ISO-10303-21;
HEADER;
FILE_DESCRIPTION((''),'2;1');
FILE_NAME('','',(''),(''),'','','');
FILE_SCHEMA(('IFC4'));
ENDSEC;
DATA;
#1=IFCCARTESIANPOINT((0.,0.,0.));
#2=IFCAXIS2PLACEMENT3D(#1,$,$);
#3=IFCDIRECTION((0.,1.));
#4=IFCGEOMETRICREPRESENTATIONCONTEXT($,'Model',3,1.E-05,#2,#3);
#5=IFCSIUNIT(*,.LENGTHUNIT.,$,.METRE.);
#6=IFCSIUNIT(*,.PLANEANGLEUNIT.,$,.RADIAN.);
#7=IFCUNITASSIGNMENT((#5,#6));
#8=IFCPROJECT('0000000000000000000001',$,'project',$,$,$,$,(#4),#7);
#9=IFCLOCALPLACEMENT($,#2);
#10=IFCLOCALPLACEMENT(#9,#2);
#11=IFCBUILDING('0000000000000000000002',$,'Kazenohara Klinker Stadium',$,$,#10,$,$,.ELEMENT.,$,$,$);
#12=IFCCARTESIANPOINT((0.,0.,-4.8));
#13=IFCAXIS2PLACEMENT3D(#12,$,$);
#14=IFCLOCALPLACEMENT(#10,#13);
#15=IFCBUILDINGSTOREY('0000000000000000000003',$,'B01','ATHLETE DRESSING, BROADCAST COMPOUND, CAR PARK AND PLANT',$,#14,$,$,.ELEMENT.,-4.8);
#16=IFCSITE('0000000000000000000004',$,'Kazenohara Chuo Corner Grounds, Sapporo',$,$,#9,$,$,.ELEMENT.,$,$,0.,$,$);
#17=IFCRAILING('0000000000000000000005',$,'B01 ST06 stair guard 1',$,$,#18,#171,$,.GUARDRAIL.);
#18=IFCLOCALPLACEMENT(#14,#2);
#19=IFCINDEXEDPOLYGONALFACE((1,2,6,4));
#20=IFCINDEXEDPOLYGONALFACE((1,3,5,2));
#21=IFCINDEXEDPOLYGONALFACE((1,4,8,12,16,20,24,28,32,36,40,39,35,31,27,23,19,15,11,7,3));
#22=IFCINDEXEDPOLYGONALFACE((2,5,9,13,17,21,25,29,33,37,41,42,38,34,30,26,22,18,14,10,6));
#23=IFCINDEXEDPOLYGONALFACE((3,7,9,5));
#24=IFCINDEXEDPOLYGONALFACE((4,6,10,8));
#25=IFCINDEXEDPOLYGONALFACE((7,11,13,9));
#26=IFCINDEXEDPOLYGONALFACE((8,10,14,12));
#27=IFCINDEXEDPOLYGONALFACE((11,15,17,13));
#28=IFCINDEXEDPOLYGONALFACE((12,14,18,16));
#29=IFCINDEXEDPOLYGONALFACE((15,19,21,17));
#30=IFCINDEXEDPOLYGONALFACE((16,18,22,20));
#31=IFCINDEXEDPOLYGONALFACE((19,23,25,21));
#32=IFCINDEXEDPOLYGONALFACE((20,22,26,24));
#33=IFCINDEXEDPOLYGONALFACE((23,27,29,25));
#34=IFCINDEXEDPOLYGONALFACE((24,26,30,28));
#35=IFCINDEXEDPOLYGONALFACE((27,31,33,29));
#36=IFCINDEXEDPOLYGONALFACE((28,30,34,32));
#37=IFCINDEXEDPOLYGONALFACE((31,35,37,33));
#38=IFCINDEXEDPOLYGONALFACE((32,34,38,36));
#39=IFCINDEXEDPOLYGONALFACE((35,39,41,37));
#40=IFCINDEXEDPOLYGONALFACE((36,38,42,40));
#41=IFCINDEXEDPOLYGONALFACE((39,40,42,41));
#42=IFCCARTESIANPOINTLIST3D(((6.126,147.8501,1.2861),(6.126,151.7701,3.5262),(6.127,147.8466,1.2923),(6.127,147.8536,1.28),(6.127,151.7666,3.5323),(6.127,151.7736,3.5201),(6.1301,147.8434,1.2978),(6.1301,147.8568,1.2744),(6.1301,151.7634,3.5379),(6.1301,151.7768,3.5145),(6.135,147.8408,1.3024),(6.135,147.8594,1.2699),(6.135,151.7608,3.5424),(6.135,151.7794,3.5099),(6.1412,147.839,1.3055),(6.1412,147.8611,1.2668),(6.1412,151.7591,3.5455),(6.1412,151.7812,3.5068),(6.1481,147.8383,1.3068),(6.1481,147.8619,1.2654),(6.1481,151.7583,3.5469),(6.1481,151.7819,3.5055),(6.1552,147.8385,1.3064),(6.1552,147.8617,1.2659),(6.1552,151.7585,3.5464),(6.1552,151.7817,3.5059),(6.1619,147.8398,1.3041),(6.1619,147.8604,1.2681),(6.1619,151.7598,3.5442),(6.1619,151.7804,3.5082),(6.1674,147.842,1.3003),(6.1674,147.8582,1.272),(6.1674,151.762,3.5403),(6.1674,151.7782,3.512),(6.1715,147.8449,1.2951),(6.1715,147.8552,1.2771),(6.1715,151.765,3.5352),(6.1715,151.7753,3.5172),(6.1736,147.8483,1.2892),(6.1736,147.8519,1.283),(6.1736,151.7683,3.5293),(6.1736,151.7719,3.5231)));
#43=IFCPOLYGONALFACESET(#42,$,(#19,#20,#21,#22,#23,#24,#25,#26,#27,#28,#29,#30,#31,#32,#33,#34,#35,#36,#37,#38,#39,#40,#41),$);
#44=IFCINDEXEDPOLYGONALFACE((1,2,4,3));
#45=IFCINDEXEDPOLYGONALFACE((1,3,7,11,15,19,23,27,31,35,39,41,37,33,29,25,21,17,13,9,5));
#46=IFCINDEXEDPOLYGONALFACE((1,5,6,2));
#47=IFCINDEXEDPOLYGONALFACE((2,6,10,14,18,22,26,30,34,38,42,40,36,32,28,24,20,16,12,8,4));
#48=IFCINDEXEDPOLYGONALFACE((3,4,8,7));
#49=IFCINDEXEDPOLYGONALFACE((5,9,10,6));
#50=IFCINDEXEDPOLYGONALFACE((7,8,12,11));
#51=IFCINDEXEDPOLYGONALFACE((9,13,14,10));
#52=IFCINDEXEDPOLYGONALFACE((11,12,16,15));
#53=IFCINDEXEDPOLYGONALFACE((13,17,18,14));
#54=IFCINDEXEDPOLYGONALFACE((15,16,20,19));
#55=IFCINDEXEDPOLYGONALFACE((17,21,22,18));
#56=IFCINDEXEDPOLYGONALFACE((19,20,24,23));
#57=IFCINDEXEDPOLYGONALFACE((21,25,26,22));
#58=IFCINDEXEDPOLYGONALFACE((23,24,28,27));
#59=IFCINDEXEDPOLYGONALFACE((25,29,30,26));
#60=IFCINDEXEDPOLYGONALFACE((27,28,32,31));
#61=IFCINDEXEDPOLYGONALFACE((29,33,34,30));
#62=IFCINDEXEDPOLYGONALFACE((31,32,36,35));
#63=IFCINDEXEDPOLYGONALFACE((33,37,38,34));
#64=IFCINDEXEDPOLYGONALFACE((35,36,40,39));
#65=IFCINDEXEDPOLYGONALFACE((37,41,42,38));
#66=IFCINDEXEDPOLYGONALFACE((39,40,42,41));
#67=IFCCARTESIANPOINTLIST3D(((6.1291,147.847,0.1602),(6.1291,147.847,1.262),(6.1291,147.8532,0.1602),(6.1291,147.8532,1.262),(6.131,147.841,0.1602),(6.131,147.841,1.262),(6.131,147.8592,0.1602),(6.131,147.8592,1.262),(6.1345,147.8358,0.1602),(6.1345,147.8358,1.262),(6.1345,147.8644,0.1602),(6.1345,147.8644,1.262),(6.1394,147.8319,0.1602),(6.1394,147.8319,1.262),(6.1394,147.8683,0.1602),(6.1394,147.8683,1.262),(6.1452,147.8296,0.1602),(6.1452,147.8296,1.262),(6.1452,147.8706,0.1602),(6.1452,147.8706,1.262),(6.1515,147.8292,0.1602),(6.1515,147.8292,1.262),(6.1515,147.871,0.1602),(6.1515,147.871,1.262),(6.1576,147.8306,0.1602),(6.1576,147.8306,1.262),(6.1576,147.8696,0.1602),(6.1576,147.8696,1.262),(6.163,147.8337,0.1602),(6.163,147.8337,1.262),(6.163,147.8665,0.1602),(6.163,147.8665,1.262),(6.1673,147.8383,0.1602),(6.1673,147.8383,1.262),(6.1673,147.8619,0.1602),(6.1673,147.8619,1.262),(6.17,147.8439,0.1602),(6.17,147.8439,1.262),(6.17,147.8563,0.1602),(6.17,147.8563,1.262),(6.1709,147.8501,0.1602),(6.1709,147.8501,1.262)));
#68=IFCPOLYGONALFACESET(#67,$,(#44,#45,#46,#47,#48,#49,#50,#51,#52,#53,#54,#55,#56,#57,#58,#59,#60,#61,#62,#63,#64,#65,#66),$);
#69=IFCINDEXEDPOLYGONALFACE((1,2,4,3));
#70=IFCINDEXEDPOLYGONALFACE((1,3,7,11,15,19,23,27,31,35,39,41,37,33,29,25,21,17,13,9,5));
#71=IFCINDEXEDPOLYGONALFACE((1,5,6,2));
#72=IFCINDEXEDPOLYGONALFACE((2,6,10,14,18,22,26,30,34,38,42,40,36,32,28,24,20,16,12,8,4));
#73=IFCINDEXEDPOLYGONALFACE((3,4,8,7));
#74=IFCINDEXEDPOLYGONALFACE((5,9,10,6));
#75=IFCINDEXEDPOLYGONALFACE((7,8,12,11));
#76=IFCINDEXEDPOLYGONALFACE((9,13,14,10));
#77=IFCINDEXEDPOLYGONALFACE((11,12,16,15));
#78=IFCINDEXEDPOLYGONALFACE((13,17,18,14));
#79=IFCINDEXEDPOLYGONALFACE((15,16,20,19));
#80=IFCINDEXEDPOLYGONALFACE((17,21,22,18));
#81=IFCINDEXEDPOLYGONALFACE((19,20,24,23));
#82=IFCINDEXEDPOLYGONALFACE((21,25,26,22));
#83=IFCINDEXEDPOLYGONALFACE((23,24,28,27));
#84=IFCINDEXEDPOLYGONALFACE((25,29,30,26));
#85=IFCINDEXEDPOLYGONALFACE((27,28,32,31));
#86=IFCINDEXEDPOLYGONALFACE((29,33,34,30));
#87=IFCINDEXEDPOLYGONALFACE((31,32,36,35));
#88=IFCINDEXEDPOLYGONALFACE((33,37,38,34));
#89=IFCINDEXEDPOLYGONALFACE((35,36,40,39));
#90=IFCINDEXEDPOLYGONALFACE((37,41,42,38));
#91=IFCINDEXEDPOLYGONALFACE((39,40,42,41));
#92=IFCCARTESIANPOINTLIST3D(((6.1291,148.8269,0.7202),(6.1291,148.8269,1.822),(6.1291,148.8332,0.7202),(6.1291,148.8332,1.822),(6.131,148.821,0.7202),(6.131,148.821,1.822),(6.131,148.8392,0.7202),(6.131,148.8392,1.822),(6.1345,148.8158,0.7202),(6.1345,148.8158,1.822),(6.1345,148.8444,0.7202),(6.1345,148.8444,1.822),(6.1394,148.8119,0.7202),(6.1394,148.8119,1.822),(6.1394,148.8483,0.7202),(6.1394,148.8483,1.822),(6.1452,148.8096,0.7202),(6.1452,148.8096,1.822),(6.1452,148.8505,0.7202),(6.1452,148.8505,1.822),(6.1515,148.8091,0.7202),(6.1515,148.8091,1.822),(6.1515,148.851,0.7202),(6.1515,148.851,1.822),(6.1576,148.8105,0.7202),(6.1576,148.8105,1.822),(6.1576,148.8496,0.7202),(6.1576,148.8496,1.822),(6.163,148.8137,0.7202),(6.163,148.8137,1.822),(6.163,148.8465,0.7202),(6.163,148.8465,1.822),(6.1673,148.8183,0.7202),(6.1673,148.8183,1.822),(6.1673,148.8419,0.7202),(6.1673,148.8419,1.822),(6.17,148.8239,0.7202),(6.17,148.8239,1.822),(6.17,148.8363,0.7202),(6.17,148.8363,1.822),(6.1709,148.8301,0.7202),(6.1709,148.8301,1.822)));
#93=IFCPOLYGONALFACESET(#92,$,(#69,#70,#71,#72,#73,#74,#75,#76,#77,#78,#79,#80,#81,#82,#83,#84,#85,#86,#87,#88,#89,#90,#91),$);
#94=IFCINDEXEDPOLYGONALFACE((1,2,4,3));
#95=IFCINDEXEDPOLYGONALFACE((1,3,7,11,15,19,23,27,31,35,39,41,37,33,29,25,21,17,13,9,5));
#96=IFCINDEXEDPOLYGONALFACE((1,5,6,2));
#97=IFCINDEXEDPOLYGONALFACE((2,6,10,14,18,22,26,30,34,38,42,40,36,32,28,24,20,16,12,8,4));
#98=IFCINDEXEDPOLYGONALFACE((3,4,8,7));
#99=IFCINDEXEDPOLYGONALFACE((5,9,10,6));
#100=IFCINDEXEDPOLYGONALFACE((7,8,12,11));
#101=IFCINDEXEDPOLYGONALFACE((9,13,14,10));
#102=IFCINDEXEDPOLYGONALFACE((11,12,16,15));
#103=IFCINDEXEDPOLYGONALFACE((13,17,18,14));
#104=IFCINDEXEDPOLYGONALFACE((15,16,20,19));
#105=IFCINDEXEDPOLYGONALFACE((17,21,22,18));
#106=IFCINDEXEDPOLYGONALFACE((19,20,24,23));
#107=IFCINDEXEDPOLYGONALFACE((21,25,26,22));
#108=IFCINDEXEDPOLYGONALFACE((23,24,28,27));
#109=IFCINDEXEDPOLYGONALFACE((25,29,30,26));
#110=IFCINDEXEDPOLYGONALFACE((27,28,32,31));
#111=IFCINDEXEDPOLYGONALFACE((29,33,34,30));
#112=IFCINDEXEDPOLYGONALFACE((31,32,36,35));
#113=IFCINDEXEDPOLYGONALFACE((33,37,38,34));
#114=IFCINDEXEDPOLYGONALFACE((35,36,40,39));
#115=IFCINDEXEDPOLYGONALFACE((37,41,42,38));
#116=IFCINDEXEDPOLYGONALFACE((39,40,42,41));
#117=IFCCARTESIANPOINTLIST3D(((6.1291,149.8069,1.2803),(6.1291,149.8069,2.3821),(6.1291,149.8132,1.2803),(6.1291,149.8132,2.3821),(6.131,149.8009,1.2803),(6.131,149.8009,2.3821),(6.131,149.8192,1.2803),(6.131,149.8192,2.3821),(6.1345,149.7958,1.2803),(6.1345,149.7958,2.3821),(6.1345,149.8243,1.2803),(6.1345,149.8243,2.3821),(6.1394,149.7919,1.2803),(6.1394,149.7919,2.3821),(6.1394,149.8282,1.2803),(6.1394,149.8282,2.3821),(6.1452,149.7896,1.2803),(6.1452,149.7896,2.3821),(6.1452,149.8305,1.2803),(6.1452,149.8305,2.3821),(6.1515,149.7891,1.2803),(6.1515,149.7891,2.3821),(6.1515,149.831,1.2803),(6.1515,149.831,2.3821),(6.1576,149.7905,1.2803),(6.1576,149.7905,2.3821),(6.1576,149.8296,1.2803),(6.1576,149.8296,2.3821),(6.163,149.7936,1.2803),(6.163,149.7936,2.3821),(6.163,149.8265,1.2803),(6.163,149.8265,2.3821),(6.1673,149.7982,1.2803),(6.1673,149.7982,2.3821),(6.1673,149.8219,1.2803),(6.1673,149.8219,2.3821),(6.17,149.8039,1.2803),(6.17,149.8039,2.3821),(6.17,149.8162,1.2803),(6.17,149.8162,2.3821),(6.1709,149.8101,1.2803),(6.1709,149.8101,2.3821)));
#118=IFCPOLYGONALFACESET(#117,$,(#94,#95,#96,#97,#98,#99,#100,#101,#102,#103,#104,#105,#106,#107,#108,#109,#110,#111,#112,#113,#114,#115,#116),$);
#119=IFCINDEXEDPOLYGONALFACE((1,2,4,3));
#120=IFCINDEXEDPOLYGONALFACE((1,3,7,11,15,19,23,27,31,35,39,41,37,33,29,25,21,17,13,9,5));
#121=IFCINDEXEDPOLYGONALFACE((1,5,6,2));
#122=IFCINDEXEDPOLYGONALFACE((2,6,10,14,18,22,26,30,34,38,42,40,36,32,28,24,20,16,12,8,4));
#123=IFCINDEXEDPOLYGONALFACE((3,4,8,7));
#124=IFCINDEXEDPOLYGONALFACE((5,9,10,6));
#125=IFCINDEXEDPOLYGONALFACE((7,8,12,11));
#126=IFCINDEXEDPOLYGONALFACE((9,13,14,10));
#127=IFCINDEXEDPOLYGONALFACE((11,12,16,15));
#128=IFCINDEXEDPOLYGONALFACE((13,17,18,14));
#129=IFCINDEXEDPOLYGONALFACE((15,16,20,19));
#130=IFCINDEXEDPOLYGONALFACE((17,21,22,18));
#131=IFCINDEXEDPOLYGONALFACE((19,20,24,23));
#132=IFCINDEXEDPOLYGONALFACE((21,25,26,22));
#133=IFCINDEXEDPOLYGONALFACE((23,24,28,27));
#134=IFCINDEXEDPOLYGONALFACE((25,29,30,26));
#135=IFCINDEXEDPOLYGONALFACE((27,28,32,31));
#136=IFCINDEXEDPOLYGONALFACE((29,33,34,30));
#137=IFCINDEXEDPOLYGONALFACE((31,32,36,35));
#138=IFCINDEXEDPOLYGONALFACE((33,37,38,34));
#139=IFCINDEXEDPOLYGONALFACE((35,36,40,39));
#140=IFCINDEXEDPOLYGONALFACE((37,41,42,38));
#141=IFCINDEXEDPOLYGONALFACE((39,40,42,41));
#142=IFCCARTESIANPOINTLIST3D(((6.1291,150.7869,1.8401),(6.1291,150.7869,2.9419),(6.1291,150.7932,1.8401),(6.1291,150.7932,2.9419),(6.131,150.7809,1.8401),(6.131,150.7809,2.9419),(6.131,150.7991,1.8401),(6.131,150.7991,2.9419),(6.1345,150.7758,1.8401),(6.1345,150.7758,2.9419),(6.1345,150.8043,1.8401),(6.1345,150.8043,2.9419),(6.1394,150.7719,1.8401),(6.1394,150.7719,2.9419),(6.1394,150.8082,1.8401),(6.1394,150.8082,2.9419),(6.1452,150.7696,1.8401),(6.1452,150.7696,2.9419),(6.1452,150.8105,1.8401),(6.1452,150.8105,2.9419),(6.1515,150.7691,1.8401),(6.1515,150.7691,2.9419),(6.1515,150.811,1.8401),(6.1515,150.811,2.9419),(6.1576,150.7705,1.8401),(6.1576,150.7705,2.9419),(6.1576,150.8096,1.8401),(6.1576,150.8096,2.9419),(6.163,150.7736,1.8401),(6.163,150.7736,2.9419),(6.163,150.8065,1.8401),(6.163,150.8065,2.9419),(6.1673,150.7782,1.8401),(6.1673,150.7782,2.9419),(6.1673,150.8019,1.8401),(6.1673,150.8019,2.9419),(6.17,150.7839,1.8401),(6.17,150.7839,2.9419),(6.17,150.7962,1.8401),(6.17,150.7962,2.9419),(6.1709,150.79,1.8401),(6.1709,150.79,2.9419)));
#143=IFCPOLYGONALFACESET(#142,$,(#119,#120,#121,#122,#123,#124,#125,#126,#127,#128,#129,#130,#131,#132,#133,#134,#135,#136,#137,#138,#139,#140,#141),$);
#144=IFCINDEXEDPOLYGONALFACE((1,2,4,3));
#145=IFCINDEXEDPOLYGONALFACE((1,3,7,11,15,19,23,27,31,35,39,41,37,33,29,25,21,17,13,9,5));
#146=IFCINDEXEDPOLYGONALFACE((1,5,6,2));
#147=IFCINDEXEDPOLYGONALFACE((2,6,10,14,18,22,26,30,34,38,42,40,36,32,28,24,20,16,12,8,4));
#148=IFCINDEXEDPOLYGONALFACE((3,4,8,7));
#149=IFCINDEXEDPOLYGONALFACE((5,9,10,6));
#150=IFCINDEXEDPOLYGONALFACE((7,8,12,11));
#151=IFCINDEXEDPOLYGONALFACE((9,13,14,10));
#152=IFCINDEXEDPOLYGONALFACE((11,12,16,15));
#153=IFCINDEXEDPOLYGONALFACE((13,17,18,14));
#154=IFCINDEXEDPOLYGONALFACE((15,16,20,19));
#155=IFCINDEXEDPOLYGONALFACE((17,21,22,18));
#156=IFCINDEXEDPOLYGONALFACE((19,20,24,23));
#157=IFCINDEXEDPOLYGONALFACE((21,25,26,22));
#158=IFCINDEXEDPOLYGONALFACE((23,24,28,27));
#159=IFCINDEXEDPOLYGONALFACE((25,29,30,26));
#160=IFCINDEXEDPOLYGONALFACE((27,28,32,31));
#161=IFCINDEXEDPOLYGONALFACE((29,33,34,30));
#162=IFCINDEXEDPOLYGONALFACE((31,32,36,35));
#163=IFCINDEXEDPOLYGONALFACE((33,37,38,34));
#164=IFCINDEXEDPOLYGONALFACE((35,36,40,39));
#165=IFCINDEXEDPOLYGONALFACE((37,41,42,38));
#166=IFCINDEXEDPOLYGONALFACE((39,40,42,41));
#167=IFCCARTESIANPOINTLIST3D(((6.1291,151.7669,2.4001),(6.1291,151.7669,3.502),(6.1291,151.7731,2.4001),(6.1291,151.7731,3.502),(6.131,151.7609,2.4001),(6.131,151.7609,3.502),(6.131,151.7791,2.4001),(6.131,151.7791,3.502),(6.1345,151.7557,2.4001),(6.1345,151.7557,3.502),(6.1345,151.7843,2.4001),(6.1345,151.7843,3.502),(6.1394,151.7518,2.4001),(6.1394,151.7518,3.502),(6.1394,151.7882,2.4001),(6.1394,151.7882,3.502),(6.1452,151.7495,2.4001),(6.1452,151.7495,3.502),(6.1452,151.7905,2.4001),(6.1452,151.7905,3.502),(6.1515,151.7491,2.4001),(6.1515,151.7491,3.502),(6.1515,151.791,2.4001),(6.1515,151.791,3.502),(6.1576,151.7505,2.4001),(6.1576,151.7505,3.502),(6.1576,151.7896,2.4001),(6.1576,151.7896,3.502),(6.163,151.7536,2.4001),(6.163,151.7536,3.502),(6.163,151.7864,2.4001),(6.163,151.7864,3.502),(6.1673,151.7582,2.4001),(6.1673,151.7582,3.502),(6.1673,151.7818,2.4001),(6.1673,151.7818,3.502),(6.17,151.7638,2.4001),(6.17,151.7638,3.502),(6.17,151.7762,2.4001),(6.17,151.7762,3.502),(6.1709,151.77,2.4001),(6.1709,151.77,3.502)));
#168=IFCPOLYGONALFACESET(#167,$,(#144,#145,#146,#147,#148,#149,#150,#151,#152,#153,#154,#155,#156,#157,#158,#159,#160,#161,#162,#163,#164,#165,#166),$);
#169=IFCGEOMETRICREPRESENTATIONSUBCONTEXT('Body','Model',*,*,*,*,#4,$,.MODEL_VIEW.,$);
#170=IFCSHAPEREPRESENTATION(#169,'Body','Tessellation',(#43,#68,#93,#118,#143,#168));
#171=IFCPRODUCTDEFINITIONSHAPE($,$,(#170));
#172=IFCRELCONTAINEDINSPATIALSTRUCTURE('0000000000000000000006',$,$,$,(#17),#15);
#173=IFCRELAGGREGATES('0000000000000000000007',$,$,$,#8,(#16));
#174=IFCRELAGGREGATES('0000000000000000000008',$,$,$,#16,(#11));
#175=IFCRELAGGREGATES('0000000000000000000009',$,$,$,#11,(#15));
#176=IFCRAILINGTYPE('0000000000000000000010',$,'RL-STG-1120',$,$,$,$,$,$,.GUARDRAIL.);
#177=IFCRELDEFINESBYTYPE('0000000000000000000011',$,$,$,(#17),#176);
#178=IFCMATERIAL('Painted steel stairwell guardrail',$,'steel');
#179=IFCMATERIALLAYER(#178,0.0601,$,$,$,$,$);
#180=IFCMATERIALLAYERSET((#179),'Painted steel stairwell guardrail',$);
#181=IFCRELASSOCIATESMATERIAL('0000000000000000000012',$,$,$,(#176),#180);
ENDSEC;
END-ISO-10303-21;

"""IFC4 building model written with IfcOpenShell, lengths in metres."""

from ifc_helpers import new_model, si_unit, direction, frame, origin, origin_2d, place, context, subcontext, project, spatial, circle, extrude, material, layer, layer_set, type_object, element, save


model = new_model("IFC4")

# Units and contexts
model_context = context("Model", 3, precision=1e-05, world=origin(), true_north=direction((0.0, 1.0)))
body_context = subcontext(model_context, "Body", "Model", "MODEL_VIEW")
ifc_project = project(units=[si_unit("LENGTHUNIT", "METRE"), si_unit("PLANEANGLEUNIT", "RADIAN")], contexts=[model_context])

# Site, building, storey
site_placement = place(None, origin())
site = spatial("IfcSite", under=ifc_project, at=site_placement, Name="Kazenohara Chuo Corner Grounds, Sapporo", CompositionType="ELEMENT", RefElevation=0.0)
building_placement = place(site_placement, origin())
building = spatial("IfcBuilding", under=site, at=building_placement, Name="Kazenohara Klinker Stadium", CompositionType="ELEMENT")
storey_placement = place(building_placement, frame((0.0, 0.0, -4.8)))
storey = spatial("IfcBuildingStorey", under=building, at=storey_placement, Name="B01", Description="ATHLETE DRESSING, BROADCAST COMPOUND, CAR PARK AND PLANT", CompositionType="ELEMENT", Elevation=-4.8)

# Railing
ifc_material_1 = material(Name="Painted steel stairwell guardrail", Category="steel")
ifc_layer_1 = layer(ifc_material_1, 0.0601)
ifc_layer_set_1 = layer_set([ifc_layer_1], Name="Painted steel stairwell guardrail")
railing_type_1 = type_object("IfcRailingType", Name="RL-STG-1120", PredefinedType="GUARDRAIL", material=ifc_layer_set_1)
railing_1_placement = place(storey_placement, frame((6.1499, 147.8501, 0.1602)))
element("IfcRailing", 1, at=railing_1_placement, inside=storey, type_object=railing_type_1, Name="B01 ST06 stair guard 1", PredefinedType="GUARDRAIL", context=body_context, shape_type="SweptSolid", body=[
    extrude(circle(Radius=0.0239, at=origin_2d()), frame((0.0, 0.0, 1.126), z_axis=(0.0, 0.86824, 0.496145), x_axis=(-1.0, 0.0, 0.0)), (0.0, 0.0, 1.0), 4.5149),
    extrude(circle(Radius=0.021, at=origin_2d()), origin(), (0.0, 0.0, 1.0), 1.1018),
    extrude(circle(Radius=0.021, at=origin_2d()), frame((0.0, 0.98, 0.5601)), (0.0, 0.0, 1.0), 1.1018),
    extrude(circle(Radius=0.021, at=origin_2d()), frame((0.0, 1.96, 1.1201)), (0.0, 0.0, 1.0), 1.1018),
    extrude(circle(Radius=0.021, at=origin_2d()), frame((0.0, 2.9399, 1.6799)), (0.0, 0.0, 1.0), 1.1018),
    extrude(circle(Radius=0.021, at=origin_2d()), frame((0.0, 3.9199, 2.24)), (0.0, 0.0, 1.0), 1.1018),
])

save(model, "model.ifc")
